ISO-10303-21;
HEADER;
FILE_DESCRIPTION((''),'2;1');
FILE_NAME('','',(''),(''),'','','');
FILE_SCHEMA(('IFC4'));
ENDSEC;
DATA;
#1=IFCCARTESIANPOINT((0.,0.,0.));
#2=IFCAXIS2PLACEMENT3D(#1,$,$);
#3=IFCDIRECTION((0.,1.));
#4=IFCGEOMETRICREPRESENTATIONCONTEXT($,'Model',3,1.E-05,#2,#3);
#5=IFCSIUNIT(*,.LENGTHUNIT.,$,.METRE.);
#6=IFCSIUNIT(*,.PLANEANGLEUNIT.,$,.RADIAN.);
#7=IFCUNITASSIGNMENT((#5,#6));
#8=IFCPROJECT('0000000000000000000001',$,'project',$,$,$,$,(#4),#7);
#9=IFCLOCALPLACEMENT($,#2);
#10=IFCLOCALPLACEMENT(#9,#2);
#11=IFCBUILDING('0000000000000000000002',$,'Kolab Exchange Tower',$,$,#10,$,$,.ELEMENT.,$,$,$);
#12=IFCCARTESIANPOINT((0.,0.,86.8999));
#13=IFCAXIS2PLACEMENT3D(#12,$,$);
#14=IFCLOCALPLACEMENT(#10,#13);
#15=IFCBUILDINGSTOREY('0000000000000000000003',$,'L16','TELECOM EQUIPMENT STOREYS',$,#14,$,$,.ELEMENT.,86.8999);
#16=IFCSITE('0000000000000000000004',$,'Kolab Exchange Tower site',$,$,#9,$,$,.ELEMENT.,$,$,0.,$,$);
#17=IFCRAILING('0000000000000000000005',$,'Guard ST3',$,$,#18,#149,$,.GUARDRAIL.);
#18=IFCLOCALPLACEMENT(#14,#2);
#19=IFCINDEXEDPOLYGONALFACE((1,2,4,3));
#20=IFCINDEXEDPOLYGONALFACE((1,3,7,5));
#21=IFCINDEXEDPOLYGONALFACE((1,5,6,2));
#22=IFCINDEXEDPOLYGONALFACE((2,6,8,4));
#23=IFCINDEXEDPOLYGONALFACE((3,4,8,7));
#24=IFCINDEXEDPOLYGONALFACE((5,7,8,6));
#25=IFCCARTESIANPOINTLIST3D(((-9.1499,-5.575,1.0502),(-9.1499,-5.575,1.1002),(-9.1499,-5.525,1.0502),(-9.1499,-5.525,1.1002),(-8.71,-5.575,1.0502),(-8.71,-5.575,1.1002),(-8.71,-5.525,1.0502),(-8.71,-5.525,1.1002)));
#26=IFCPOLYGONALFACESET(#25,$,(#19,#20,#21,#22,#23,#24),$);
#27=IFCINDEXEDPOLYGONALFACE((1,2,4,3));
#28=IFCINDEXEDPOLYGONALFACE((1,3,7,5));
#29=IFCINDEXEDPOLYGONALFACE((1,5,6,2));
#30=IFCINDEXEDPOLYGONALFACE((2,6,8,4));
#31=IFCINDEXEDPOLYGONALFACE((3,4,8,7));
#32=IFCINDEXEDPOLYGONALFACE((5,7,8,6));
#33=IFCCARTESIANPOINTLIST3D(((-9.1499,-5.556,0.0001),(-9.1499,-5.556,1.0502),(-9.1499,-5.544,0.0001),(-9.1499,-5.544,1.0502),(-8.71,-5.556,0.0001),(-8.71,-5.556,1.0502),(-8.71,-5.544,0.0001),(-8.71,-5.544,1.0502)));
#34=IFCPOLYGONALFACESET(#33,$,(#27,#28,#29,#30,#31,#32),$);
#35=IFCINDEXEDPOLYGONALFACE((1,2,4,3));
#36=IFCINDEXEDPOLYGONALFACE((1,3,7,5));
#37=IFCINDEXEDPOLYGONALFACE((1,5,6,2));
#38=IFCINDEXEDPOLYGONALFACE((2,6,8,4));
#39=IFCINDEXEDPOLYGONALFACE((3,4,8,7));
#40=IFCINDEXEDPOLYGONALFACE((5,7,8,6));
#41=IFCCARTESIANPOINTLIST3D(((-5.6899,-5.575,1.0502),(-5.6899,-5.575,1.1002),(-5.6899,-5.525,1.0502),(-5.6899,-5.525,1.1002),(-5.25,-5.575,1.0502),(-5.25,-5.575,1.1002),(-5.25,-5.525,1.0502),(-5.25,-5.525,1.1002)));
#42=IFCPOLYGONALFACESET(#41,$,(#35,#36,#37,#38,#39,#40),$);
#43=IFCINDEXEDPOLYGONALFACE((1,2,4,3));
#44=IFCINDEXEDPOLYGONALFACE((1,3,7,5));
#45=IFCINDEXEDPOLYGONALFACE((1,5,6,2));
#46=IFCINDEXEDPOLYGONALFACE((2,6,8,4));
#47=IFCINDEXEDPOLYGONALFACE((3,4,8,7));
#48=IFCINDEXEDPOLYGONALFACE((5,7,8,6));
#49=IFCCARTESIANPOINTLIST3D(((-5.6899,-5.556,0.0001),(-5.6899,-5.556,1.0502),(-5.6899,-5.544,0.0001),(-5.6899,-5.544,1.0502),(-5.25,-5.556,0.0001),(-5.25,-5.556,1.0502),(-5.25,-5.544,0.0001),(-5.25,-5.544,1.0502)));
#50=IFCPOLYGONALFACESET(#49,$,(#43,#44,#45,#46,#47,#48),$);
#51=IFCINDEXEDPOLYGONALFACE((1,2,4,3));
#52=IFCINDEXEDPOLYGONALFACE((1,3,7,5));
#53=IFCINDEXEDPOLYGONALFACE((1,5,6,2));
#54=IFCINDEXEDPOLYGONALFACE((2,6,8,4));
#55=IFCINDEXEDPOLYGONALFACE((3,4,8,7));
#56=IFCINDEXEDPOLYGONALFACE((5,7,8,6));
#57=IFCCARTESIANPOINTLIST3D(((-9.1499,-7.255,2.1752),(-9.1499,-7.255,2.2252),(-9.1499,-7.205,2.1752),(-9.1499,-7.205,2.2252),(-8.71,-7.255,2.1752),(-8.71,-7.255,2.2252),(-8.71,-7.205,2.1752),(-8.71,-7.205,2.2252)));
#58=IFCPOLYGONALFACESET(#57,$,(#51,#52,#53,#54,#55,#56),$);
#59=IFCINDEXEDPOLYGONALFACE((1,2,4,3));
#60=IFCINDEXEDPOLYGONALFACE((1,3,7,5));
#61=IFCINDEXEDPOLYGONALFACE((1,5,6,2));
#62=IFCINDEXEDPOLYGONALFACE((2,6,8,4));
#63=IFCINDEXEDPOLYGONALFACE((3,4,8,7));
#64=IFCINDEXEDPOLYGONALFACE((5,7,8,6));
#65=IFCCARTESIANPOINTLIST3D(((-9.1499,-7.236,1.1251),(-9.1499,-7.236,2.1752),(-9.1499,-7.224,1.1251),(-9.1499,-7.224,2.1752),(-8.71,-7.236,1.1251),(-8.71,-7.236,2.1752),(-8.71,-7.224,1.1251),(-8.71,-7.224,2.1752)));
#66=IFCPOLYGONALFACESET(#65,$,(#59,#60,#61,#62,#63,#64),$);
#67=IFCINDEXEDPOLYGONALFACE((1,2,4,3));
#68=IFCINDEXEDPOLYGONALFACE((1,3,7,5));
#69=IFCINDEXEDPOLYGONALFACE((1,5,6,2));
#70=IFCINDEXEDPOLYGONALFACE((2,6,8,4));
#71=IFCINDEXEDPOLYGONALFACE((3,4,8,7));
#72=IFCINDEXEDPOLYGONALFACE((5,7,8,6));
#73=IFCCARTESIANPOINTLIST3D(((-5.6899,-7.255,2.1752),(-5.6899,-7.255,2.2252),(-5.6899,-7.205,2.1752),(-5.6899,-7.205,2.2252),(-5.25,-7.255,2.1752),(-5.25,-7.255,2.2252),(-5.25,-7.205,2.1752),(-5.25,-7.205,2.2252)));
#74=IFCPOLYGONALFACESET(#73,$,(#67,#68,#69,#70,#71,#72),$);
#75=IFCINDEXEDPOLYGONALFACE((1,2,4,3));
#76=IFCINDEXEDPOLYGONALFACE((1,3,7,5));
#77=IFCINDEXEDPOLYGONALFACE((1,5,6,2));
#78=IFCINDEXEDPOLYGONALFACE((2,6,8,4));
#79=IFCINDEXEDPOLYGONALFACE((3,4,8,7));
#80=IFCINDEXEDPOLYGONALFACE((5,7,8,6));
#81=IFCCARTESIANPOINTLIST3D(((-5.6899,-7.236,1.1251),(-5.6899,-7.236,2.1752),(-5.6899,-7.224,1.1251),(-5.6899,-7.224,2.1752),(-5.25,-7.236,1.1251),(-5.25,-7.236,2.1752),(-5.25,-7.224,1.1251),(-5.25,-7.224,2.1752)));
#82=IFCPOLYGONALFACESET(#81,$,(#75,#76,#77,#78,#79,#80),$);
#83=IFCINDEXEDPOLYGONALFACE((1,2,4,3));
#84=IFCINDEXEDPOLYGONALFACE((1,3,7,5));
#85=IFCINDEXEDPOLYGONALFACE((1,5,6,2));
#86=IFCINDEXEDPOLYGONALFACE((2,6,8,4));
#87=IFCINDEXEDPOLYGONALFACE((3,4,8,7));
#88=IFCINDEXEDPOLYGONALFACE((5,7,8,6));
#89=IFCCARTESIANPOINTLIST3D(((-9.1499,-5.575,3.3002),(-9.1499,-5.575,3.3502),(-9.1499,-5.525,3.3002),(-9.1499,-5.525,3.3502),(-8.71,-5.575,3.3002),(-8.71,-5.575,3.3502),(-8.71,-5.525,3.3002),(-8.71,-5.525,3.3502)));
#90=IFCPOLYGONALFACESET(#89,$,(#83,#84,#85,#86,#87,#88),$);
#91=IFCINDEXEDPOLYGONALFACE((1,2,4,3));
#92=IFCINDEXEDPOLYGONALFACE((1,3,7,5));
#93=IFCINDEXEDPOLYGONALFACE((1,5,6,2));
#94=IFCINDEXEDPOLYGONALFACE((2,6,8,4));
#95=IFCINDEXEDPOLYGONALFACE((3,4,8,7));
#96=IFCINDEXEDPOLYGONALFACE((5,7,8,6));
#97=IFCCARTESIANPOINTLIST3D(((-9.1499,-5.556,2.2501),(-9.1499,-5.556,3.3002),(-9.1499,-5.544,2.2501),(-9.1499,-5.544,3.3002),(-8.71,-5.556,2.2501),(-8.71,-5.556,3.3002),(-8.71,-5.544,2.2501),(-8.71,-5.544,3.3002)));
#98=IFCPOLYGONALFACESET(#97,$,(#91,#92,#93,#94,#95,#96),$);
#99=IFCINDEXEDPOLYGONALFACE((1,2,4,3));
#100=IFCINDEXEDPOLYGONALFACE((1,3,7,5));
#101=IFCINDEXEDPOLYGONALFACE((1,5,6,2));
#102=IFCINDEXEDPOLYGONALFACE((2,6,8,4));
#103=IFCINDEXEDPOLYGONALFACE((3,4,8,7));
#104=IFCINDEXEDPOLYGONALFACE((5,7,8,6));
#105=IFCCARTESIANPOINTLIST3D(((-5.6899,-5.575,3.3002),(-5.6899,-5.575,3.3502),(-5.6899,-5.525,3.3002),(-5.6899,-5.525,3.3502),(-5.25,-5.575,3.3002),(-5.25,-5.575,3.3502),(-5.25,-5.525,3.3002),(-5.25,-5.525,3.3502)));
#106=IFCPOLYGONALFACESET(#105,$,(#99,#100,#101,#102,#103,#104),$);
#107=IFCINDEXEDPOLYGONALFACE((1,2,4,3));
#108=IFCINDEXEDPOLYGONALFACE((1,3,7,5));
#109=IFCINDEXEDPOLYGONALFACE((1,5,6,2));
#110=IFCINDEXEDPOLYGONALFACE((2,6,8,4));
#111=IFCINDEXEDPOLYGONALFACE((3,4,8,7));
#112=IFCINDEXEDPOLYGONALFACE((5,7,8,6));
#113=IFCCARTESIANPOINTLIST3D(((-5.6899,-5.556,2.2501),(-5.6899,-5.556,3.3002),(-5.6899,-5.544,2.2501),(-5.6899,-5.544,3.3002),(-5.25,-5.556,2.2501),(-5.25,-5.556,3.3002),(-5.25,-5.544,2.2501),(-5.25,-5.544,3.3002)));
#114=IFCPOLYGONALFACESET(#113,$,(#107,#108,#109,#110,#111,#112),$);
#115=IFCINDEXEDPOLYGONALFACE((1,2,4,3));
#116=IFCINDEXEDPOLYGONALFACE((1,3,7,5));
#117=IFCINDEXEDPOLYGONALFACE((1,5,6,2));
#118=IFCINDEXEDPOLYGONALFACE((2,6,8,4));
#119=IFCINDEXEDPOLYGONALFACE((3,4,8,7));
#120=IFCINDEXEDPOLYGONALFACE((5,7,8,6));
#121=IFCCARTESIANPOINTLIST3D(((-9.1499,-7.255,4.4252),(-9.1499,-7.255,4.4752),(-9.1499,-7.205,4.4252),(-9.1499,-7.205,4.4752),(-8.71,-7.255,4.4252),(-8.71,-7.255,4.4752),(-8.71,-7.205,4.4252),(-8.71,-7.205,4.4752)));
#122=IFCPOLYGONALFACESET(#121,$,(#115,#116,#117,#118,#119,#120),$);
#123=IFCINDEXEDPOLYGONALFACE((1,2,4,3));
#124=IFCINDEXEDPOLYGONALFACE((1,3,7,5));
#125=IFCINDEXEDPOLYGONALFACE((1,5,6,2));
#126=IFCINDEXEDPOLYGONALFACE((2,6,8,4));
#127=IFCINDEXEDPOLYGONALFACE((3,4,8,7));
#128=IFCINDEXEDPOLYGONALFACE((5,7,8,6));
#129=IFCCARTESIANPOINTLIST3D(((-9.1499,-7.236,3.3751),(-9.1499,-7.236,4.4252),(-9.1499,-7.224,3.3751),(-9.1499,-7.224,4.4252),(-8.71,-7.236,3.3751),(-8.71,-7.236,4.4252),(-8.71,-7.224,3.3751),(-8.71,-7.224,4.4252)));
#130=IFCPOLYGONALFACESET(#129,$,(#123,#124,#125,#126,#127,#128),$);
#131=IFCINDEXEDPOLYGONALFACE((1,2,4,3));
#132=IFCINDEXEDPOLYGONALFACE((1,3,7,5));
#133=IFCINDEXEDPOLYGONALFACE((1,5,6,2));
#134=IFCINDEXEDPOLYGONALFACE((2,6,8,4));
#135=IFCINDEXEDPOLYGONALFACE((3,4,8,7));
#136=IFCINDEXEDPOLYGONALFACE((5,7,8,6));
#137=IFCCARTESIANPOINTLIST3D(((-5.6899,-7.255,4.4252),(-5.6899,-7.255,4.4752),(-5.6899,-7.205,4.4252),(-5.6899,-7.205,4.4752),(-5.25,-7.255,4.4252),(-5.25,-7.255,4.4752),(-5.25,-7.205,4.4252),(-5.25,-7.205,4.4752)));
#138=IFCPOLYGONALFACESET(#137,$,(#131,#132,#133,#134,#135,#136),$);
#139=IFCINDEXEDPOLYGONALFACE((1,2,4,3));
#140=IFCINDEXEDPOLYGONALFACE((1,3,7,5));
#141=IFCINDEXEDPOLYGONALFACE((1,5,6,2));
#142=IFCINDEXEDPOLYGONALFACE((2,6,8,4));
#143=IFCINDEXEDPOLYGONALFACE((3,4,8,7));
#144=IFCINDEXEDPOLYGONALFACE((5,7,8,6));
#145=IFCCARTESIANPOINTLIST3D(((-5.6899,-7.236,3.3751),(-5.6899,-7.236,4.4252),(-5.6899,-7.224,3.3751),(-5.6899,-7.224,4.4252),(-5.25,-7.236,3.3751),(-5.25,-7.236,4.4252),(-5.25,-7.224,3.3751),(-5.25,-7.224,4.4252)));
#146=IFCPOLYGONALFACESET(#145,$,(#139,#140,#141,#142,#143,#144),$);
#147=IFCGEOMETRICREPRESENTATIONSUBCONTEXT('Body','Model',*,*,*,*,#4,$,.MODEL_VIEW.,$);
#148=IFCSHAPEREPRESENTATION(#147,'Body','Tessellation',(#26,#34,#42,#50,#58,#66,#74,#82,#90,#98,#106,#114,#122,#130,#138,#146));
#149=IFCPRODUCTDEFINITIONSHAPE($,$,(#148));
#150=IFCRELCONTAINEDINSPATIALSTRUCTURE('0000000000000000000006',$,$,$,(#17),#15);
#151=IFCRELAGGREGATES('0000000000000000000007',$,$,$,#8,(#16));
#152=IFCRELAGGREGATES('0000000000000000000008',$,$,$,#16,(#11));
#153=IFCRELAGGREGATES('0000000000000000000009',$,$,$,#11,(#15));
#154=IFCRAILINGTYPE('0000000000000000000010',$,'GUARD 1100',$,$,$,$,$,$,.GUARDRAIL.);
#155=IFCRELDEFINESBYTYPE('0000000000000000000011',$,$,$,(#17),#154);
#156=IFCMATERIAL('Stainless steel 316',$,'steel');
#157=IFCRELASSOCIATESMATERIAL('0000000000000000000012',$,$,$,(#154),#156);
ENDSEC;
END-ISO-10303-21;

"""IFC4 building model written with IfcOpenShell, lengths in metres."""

from ifc_helpers import new_model, si_unit, direction, frame, frame_2d, origin, origin_2d, place, context, subcontext, project, spatial, rectangle, extrude, material, type_object, element, save


model = new_model("IFC4")

# Units and contexts
model_context = context("Model", 3, precision=1e-05, world=origin(), true_north=direction((0.0, 1.0)))
body_context = subcontext(model_context, "Body", "Model", "MODEL_VIEW")
ifc_project = project(units=[si_unit("LENGTHUNIT", "METRE"), si_unit("PLANEANGLEUNIT", "RADIAN")], contexts=[model_context])

# Site, building, storey
site_placement = place(None, origin())
site = spatial("IfcSite", under=ifc_project, at=site_placement, Name="Kolab Exchange Tower site", CompositionType="ELEMENT", RefElevation=0.0)
building_placement = place(site_placement, origin())
building = spatial("IfcBuilding", under=site, at=building_placement, Name="Kolab Exchange Tower", CompositionType="ELEMENT")
storey_placement = place(building_placement, frame((0.0, 0.0, 86.8999)))
storey = spatial("IfcBuildingStorey", under=building, at=storey_placement, Name="L16", Description="TELECOM EQUIPMENT STOREYS", CompositionType="ELEMENT", Elevation=86.8999)

# Shared definitions
ifc_material_1 = material(Name="Stainless steel 316", Category="steel")

# Railing
railing_type = type_object("IfcRailingType", Name="GUARD 1100", PredefinedType="GUARDRAIL", material=ifc_material_1)
railing_placement = place(storey_placement, frame((-9.1499, -5.55, 0.0)))
element("IfcRailing", 1, at=railing_placement, inside=storey, type_object=railing_type, Name="Guard ST3", PredefinedType="GUARDRAIL", context=body_context, shape_type="SweptSolid", body=[
    extrude(rectangle(XDim=0.05, YDim=0.05, at=origin_2d()), frame((0.0, 0.0, 1.0752), z_axis=(1.0, 0.0, 0.0), x_axis=(0.0, 1.0, 0.0)), (0.0, 0.0, 1.0), 0.4399),
    extrude(rectangle(XDim=0.012, YDim=1.0501, at=frame_2d((0.0, 0.5251))), frame((0.0, 0.0, 0.0), z_axis=(1.0, 0.0, 0.0), x_axis=(0.0, 1.0, 0.0)), (0.0, 0.0, 1.0), 0.4399),
    extrude(rectangle(XDim=0.05, YDim=0.05, at=origin_2d()), frame((3.46, 0.0, 1.0752), z_axis=(1.0, 0.0, 0.0), x_axis=(0.0, 1.0, 0.0)), (0.0, 0.0, 1.0), 0.4399),
    extrude(rectangle(XDim=0.012, YDim=1.0501, at=frame_2d((0.0, 0.5251))), frame((3.46, 0.0, 0.0), z_axis=(1.0, 0.0, 0.0), x_axis=(0.0, 1.0, 0.0)), (0.0, 0.0, 1.0), 0.4399),
    extrude(rectangle(XDim=0.05, YDim=0.05, at=origin_2d()), frame((0.0, -1.6799, 2.2002), z_axis=(1.0, 0.0, 0.0), x_axis=(0.0, 1.0, 0.0)), (0.0, 0.0, 1.0), 0.4399),
    extrude(rectangle(XDim=0.012, YDim=1.0501, at=frame_2d((0.0, 0.5251))), frame((0.0, -1.6799, 1.125), z_axis=(1.0, 0.0, 0.0), x_axis=(0.0, 1.0, 0.0)), (0.0, 0.0, 1.0), 0.4399),
    extrude(rectangle(XDim=0.05, YDim=0.05, at=origin_2d()), frame((3.46, -1.6799, 2.2002), z_axis=(1.0, 0.0, 0.0), x_axis=(0.0, 1.0, 0.0)), (0.0, 0.0, 1.0), 0.4399),
    extrude(rectangle(XDim=0.012, YDim=1.0501, at=frame_2d((0.0, 0.5251))), frame((3.46, -1.6799, 1.125), z_axis=(1.0, 0.0, 0.0), x_axis=(0.0, 1.0, 0.0)), (0.0, 0.0, 1.0), 0.4399),
    extrude(rectangle(XDim=0.05, YDim=0.05, at=origin_2d()), frame((0.0, 0.0, 3.3252), z_axis=(1.0, 0.0, 0.0), x_axis=(0.0, 1.0, 0.0)), (0.0, 0.0, 1.0), 0.4399),
    extrude(rectangle(XDim=0.012, YDim=1.0501, at=frame_2d((0.0, 0.5251))), frame((0.0, 0.0, 2.25), z_axis=(1.0, 0.0, 0.0), x_axis=(0.0, 1.0, 0.0)), (0.0, 0.0, 1.0), 0.4399),
    extrude(rectangle(XDim=0.05, YDim=0.05, at=origin_2d()), frame((3.46, 0.0, 3.3252), z_axis=(1.0, 0.0, 0.0), x_axis=(0.0, 1.0, 0.0)), (0.0, 0.0, 1.0), 0.4399),
    extrude(rectangle(XDim=0.012, YDim=1.0501, at=frame_2d((0.0, 0.5251))), frame((3.46, 0.0, 2.25), z_axis=(1.0, 0.0, 0.0), x_axis=(0.0, 1.0, 0.0)), (0.0, 0.0, 1.0), 0.4399),
    extrude(rectangle(XDim=0.05, YDim=0.05, at=origin_2d()), frame((0.0, -1.6799, 4.4502), z_axis=(1.0, 0.0, 0.0), x_axis=(0.0, 1.0, 0.0)), (0.0, 0.0, 1.0), 0.4399),
    extrude(rectangle(XDim=0.012, YDim=1.0501, at=frame_2d((0.0, 0.5251))), frame((0.0, -1.6799, 3.375), z_axis=(1.0, 0.0, 0.0), x_axis=(0.0, 1.0, 0.0)), (0.0, 0.0, 1.0), 0.4399),
    extrude(rectangle(XDim=0.05, YDim=0.05, at=origin_2d()), frame((3.46, -1.6799, 4.4502), z_axis=(1.0, 0.0, 0.0), x_axis=(0.0, 1.0, 0.0)), (0.0, 0.0, 1.0), 0.4399),
    extrude(rectangle(XDim=0.012, YDim=1.0501, at=frame_2d((0.0, 0.5251))), frame((3.46, -1.6799, 3.375), z_axis=(1.0, 0.0, 0.0), x_axis=(0.0, 1.0, 0.0)), (0.0, 0.0, 1.0), 0.4399),
])

save(model, "model.ifc")
